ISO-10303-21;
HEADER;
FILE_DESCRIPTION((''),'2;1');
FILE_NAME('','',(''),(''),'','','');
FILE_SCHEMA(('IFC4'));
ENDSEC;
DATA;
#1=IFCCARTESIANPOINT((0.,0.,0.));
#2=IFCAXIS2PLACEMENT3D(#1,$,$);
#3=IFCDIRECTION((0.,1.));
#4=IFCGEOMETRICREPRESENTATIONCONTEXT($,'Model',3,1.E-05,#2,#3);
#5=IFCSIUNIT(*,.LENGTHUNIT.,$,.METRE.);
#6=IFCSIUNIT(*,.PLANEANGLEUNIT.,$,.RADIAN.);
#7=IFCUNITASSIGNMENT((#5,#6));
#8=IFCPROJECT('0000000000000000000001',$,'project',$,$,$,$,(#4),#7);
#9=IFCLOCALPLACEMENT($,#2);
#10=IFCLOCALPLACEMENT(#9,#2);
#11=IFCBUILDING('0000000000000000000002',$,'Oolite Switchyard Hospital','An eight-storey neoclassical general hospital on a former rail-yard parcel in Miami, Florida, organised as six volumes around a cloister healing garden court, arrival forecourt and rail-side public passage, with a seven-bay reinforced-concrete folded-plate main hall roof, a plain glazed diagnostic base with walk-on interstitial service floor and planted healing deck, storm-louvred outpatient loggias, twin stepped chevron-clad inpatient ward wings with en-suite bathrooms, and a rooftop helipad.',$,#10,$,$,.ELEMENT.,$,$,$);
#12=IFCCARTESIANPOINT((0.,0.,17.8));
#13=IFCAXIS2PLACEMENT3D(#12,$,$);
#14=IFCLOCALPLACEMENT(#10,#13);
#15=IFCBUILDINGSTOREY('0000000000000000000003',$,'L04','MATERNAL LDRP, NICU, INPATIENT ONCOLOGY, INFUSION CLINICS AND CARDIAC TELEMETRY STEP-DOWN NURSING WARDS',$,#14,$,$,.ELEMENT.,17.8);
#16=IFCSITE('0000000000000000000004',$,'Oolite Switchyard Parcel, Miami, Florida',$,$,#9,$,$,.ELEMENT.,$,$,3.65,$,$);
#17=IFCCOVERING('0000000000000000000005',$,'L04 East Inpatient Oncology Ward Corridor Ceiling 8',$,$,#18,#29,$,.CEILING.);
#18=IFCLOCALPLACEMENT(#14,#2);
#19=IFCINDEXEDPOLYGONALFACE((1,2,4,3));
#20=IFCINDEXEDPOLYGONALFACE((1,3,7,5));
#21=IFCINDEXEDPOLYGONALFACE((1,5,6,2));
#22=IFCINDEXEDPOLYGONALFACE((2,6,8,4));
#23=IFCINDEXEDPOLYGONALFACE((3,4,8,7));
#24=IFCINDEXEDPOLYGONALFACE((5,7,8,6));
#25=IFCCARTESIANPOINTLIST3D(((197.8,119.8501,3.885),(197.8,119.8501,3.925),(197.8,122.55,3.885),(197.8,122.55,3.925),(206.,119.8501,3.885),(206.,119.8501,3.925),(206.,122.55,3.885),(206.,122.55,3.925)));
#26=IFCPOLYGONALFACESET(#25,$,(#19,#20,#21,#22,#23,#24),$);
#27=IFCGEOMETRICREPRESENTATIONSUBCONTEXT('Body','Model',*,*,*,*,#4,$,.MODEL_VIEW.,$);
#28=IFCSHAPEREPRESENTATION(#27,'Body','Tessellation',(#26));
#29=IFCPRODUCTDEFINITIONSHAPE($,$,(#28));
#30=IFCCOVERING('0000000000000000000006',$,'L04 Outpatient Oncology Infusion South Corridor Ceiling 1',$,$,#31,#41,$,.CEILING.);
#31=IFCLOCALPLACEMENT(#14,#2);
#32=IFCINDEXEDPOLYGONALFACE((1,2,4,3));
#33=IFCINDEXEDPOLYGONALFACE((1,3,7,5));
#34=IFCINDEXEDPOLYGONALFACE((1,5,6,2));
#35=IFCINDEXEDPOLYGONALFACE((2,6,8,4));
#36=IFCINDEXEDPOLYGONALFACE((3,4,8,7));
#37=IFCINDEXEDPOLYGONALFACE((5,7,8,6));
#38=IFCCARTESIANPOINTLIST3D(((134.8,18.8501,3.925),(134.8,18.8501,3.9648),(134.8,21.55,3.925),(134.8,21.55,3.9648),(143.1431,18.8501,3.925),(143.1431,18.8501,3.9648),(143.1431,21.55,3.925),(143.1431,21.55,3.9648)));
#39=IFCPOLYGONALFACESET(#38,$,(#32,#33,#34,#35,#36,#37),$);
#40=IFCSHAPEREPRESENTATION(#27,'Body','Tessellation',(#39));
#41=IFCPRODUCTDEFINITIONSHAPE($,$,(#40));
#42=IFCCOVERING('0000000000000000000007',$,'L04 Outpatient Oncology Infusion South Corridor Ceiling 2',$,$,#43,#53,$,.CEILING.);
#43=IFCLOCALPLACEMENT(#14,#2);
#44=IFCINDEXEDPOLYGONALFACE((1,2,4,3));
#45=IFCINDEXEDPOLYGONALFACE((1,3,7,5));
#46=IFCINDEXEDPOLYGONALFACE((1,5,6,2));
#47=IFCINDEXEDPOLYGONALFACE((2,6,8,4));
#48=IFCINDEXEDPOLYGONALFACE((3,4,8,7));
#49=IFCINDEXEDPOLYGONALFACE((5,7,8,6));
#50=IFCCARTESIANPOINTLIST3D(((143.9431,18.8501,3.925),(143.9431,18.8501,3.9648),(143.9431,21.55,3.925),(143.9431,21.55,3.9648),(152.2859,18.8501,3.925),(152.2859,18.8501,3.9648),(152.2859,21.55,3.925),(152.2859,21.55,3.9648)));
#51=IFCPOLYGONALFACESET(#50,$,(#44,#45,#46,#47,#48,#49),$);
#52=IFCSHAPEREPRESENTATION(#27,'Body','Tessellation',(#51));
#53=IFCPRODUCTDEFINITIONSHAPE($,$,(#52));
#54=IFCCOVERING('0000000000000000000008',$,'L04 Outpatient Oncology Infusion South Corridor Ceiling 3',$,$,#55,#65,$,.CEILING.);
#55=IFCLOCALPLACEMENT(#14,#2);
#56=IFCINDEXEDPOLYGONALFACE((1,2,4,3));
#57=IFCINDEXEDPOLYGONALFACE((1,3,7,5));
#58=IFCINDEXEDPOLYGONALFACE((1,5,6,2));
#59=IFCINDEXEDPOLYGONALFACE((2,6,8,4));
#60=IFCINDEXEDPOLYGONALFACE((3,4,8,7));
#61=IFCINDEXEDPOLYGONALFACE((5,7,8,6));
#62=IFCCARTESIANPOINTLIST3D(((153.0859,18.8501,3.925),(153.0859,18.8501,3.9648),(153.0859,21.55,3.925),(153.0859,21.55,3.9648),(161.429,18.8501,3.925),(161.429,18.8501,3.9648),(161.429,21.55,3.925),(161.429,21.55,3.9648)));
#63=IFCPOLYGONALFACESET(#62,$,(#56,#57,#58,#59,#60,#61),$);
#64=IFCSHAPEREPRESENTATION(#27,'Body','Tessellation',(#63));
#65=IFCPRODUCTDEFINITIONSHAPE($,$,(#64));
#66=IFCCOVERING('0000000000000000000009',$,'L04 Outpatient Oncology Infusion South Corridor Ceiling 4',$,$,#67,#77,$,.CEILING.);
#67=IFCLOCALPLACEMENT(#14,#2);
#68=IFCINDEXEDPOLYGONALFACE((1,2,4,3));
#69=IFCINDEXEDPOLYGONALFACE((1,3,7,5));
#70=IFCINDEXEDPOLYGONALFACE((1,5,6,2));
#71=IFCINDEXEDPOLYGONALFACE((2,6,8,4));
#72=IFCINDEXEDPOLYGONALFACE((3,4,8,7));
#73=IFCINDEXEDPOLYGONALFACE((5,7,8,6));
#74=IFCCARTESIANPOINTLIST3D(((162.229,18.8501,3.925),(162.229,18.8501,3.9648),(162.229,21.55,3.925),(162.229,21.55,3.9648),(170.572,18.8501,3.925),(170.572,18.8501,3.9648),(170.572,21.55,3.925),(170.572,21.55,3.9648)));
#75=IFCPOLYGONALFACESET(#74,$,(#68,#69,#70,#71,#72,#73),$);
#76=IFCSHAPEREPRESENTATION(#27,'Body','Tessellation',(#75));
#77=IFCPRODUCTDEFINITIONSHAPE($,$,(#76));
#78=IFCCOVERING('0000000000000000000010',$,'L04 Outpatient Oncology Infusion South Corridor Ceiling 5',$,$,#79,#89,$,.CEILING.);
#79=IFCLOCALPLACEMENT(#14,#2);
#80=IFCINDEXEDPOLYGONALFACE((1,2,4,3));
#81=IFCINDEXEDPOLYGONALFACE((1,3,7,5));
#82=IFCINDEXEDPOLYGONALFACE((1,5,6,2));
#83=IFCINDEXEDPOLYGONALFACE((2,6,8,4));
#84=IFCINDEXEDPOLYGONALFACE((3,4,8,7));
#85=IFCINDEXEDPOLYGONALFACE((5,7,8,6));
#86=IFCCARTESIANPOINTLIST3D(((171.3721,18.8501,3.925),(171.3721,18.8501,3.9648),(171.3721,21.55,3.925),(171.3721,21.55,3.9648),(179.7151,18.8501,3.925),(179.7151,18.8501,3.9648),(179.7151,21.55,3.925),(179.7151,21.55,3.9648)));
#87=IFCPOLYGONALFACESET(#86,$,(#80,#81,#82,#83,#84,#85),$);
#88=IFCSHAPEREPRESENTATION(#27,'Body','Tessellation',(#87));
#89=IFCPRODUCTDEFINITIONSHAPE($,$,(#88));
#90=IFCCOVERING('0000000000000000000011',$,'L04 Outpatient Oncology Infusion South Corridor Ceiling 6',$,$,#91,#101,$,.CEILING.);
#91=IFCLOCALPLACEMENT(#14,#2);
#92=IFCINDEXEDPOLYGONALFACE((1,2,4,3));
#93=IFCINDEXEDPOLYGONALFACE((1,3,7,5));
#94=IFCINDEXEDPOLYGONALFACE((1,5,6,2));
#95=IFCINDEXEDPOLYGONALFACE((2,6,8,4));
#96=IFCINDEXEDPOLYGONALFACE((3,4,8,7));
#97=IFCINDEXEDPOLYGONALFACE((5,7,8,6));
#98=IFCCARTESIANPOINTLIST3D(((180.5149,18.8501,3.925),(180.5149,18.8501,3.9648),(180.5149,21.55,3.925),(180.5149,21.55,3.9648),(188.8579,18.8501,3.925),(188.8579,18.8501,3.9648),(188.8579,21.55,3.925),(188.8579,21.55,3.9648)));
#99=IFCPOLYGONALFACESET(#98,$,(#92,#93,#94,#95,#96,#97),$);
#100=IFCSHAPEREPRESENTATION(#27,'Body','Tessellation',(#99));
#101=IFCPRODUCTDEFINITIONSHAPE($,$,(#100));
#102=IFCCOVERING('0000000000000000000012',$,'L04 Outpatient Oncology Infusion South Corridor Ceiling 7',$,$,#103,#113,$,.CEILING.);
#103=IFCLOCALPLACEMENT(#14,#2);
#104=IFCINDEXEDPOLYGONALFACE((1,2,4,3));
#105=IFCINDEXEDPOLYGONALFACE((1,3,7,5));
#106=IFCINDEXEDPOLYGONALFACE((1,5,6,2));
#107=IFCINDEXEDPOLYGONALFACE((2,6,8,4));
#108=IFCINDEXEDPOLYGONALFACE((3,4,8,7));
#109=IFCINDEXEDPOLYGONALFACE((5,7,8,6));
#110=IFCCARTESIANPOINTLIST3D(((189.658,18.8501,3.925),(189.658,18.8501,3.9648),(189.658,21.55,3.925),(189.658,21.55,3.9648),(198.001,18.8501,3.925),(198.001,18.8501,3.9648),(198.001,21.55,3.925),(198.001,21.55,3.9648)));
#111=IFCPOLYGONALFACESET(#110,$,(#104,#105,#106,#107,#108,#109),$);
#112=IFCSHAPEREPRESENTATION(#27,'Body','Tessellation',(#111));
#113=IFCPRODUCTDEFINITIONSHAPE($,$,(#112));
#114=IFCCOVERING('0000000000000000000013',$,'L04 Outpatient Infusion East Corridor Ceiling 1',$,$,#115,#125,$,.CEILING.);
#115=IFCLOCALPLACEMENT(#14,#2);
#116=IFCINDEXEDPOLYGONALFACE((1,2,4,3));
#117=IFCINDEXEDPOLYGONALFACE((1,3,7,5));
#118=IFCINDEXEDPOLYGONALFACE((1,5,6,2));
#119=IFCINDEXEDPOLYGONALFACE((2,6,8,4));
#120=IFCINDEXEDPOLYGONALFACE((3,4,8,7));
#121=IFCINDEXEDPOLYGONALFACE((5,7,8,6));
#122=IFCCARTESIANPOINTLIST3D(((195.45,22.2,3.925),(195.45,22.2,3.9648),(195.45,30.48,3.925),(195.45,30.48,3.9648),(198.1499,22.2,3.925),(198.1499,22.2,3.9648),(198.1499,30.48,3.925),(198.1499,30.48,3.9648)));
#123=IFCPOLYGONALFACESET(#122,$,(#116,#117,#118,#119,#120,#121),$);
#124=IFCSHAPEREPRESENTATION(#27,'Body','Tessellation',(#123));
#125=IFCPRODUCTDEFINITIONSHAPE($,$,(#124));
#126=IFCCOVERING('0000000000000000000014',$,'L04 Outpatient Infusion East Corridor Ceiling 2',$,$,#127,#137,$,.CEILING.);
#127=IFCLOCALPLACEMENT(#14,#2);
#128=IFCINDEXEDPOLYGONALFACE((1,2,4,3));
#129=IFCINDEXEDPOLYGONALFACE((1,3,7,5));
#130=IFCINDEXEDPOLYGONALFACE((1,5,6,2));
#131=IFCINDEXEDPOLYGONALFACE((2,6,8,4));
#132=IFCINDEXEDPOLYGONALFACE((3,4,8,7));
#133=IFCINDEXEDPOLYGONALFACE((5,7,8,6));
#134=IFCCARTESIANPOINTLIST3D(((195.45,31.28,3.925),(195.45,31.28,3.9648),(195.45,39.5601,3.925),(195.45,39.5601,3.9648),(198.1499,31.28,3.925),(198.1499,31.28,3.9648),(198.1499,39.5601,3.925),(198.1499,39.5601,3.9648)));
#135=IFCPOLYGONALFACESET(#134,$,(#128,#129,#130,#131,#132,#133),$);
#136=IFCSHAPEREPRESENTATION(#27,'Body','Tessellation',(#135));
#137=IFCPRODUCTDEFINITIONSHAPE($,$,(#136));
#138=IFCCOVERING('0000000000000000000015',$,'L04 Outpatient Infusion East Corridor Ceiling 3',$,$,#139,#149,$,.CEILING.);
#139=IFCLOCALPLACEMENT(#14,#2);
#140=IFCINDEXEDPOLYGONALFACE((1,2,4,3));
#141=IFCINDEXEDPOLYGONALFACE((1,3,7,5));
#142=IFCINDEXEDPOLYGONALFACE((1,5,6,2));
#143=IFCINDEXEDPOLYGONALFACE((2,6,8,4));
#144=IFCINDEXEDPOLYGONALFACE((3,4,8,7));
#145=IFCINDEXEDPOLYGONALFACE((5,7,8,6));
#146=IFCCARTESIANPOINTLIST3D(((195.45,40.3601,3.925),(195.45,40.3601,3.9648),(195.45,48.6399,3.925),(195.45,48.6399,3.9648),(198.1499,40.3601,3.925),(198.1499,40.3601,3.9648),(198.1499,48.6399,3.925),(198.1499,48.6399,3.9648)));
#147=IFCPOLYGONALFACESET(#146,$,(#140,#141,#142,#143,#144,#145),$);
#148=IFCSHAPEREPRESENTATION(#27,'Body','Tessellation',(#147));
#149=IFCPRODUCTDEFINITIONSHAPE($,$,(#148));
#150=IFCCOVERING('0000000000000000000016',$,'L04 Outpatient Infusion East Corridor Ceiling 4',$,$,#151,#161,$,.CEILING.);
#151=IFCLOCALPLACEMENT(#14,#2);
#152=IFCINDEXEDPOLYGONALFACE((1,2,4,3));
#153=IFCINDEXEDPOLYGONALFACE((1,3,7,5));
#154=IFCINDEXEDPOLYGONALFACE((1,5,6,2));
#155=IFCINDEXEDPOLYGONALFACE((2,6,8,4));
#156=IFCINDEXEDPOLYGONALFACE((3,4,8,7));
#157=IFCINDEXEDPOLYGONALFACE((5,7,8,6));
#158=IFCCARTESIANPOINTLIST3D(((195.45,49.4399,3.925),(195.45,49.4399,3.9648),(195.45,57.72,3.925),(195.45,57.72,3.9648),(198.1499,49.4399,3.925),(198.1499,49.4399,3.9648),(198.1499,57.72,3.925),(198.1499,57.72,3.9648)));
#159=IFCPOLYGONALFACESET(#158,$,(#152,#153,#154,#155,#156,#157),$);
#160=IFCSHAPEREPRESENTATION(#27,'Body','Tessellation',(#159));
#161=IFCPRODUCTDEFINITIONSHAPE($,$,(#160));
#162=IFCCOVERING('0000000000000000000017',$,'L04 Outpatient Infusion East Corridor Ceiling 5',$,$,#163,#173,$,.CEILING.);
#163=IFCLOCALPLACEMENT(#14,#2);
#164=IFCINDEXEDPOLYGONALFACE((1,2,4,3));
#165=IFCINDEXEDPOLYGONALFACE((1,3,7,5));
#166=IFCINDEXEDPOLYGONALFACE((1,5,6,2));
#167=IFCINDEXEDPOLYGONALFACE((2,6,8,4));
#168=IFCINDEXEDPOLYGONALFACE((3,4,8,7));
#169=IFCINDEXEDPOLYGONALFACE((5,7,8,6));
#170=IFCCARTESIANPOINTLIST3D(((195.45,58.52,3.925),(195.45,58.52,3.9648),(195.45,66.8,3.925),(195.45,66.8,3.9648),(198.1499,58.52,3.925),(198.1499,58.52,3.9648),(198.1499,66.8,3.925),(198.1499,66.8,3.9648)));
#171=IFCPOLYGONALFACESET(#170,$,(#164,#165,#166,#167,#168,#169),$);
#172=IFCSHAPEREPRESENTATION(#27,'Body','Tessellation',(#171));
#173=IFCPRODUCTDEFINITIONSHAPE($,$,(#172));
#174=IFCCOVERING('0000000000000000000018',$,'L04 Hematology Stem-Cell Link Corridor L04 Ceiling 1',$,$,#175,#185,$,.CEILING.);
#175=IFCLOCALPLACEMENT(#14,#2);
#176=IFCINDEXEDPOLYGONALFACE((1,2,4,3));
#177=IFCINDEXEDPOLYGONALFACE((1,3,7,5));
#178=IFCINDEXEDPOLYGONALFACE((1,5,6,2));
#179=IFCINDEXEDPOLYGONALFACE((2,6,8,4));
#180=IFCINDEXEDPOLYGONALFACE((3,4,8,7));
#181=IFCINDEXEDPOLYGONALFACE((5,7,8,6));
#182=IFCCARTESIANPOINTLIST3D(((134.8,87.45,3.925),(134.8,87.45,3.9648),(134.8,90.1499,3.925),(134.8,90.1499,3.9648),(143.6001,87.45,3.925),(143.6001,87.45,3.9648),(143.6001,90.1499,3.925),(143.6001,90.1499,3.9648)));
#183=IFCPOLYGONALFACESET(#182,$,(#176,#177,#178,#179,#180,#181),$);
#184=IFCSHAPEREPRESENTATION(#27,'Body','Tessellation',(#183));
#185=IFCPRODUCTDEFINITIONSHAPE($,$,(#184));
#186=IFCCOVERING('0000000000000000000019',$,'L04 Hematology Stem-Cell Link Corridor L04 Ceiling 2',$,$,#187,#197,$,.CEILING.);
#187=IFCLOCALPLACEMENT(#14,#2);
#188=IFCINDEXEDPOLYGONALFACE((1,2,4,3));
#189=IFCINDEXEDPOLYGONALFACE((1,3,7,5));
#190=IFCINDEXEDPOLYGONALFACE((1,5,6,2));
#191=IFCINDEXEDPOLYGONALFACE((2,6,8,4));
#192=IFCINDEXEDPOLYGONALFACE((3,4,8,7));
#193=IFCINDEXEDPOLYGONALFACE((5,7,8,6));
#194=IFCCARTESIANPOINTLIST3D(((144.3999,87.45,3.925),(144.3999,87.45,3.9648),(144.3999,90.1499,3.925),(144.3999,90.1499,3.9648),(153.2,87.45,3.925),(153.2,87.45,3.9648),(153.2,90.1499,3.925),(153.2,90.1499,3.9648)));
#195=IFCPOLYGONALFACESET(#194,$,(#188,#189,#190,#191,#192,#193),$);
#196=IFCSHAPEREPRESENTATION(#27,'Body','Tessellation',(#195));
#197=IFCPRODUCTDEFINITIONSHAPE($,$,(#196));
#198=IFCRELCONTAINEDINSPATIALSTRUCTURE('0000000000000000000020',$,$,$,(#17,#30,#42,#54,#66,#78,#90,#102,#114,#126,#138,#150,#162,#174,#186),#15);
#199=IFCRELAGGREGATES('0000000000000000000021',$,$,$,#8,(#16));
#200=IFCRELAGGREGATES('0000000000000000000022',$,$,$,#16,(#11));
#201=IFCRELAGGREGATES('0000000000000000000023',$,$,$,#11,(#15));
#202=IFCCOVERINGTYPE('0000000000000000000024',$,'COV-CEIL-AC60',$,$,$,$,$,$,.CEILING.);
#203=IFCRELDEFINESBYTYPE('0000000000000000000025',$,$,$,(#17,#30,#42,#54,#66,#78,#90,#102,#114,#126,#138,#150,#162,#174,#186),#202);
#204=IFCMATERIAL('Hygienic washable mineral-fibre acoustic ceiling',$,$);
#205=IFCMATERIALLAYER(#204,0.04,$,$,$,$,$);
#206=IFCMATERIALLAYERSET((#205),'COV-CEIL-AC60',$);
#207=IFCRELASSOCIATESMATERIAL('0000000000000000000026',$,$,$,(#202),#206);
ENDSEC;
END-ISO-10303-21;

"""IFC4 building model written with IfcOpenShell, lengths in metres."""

from ifc_helpers import new_model, si_unit, direction, frame, origin, place, context, subcontext, project, spatial, polyline, outline, extrude, material, layer, layer_set, type_object, element, save


model = new_model("IFC4")

# Units and contexts
model_context = context("Model", 3, precision=1e-05, world=origin(), true_north=direction((0.0, 1.0)))
body_context = subcontext(model_context, "Body", "Model", "MODEL_VIEW")
ifc_project = project(units=[si_unit("LENGTHUNIT", "METRE"), si_unit("PLANEANGLEUNIT", "RADIAN")], contexts=[model_context])

# Site, building, storey
site_placement = place(None, origin())
site = spatial("IfcSite", under=ifc_project, at=site_placement, Name="Oolite Switchyard Parcel, Miami, Florida", CompositionType="ELEMENT", RefElevation=3.65)
building_placement = place(site_placement, origin())
building = spatial("IfcBuilding", under=site, at=building_placement, Name="Oolite Switchyard Hospital", Description="An eight-storey neoclassical general hospital on a former rail-yard parcel in Miami, Florida, organised as six volumes around a cloister healing garden court, arrival forecourt and rail-side public passage, with a seven-bay reinforced-concrete folded-plate main hall roof, a plain glazed diagnostic base with walk-on interstitial service floor and planted healing deck, storm-louvred outpatient loggias, twin stepped chevron-clad inpatient ward wings with en-suite bathrooms, and a rooftop helipad.", CompositionType="ELEMENT")
storey_placement = place(building_placement, frame((0.0, 0.0, 17.8)))
storey = spatial("IfcBuildingStorey", under=building, at=storey_placement, Name="L04", Description="MATERNAL LDRP, NICU, INPATIENT ONCOLOGY, INFUSION CLINICS AND CARDIAC TELEMETRY STEP-DOWN NURSING WARDS", CompositionType="ELEMENT", Elevation=17.8)

# Coverings
ifc_material_1 = material(Name="Hygienic washable mineral-fibre acoustic ceiling")
ifc_layer_1 = layer(ifc_material_1, 0.04)
ifc_layer_set_1 = layer_set([ifc_layer_1], Name="COV-CEIL-AC60")
covering_type_1 = type_object("IfcCoveringType", Name="COV-CEIL-AC60", PredefinedType="CEILING", material=ifc_layer_set_1)
covering_1_placement = place(storey_placement, frame((0.0, 0.0, 3.885)))
element("IfcCovering", 1, at=covering_1_placement, inside=storey, type_object=covering_type_1, Name="L04 East Inpatient Oncology Ward Corridor Ceiling 8", PredefinedType="CEILING", context=body_context, shape_type="SweptSolid", body=[
    extrude(outline(polyline([(197.8, 119.8501), (206.0, 119.8501), (206.0, 122.55), (197.8, 122.55), (197.8, 119.8501)])), origin(), (0.0, 0.0, 1.0), 0.04),
])
covering_2_placement = place(storey_placement, frame((0.0, 0.0, 3.925)))
element("IfcCovering", 2, at=covering_2_placement, inside=storey, type_object=covering_type_1, Name="L04 Outpatient Oncology Infusion South Corridor Ceiling 1", PredefinedType="CEILING", context=body_context, shape_type="SweptSolid", body=[
    extrude(outline(polyline([(134.8, 18.8501), (143.1431, 18.8501), (143.1431, 21.55), (134.8, 21.55), (134.8, 18.8501)])), origin(), (0.0, 0.0, 1.0), 0.0398),
])
covering_3_placement = place(storey_placement, frame((0.0, 0.0, 3.925)))
element("IfcCovering", 3, at=covering_3_placement, inside=storey, type_object=covering_type_1, Name="L04 Outpatient Oncology Infusion South Corridor Ceiling 2", PredefinedType="CEILING", context=body_context, shape_type="SweptSolid", body=[
    extrude(outline(polyline([(143.9431, 18.8501), (152.2859, 18.8501), (152.2859, 21.55), (143.9431, 21.55), (143.9431, 18.8501)])), origin(), (0.0, 0.0, 1.0), 0.0398),
])
covering_4_placement = place(storey_placement, frame((0.0, 0.0, 3.925)))
element("IfcCovering", 4, at=covering_4_placement, inside=storey, type_object=covering_type_1, Name="L04 Outpatient Oncology Infusion South Corridor Ceiling 3", PredefinedType="CEILING", context=body_context, shape_type="SweptSolid", body=[
    extrude(outline(polyline([(153.0859, 18.8501), (161.429, 18.8501), (161.429, 21.55), (153.0859, 21.55), (153.0859, 18.8501)])), origin(), (0.0, 0.0, 1.0), 0.0398),
])
covering_5_placement = place(storey_placement, frame((0.0, 0.0, 3.925)))
element("IfcCovering", 5, at=covering_5_placement, inside=storey, type_object=covering_type_1, Name="L04 Outpatient Oncology Infusion South Corridor Ceiling 4", PredefinedType="CEILING", context=body_context, shape_type="SweptSolid", body=[
    extrude(outline(polyline([(162.229, 18.8501), (170.572, 18.8501), (170.572, 21.55), (162.229, 21.55), (162.229, 18.8501)])), origin(), (0.0, 0.0, 1.0), 0.0398),
])
covering_6_placement = place(storey_placement, frame((0.0, 0.0, 3.925)))
element("IfcCovering", 6, at=covering_6_placement, inside=storey, type_object=covering_type_1, Name="L04 Outpatient Oncology Infusion South Corridor Ceiling 5", PredefinedType="CEILING", context=body_context, shape_type="SweptSolid", body=[
    extrude(outline(polyline([(171.3721, 18.8501), (179.7151, 18.8501), (179.7151, 21.55), (171.3721, 21.55), (171.3721, 18.8501)])), origin(), (0.0, 0.0, 1.0), 0.0398),
])
covering_7_placement = place(storey_placement, frame((0.0, 0.0, 3.925)))
element("IfcCovering", 7, at=covering_7_placement, inside=storey, type_object=covering_type_1, Name="L04 Outpatient Oncology Infusion South Corridor Ceiling 6", PredefinedType="CEILING", context=body_context, shape_type="SweptSolid", body=[
    extrude(outline(polyline([(180.5149, 18.8501), (188.8579, 18.8501), (188.8579, 21.55), (180.5149, 21.55), (180.5149, 18.8501)])), origin(), (0.0, 0.0, 1.0), 0.0398),
])
covering_8_placement = place(storey_placement, frame((0.0, 0.0, 3.925)))
element("IfcCovering", 8, at=covering_8_placement, inside=storey, type_object=covering_type_1, Name="L04 Outpatient Oncology Infusion South Corridor Ceiling 7", PredefinedType="CEILING", context=body_context, shape_type="SweptSolid", body=[
    extrude(outline(polyline([(189.658, 18.8501), (198.001, 18.8501), (198.001, 21.55), (189.658, 21.55), (189.658, 18.8501)])), origin(), (0.0, 0.0, 1.0), 0.0398),
])
covering_9_placement = place(storey_placement, frame((0.0, 0.0, 3.925)))
element("IfcCovering", 9, at=covering_9_placement, inside=storey, type_object=covering_type_1, Name="L04 Outpatient Infusion East Corridor Ceiling 1", PredefinedType="CEILING", context=body_context, shape_type="SweptSolid", body=[
    extrude(outline(polyline([(195.45, 22.2), (198.1499, 22.2), (198.1499, 30.48), (195.45, 30.48), (195.45, 22.2)])), origin(), (0.0, 0.0, 1.0), 0.0398),
])
covering_10_placement = place(storey_placement, frame((0.0, 0.0, 3.925)))
element("IfcCovering", 10, at=covering_10_placement, inside=storey, type_object=covering_type_1, Name="L04 Outpatient Infusion East Corridor Ceiling 2", PredefinedType="CEILING", context=body_context, shape_type="SweptSolid", body=[
    extrude(outline(polyline([(195.45, 31.28), (198.1499, 31.28), (198.1499, 39.5601), (195.45, 39.5601), (195.45, 31.28)])), origin(), (0.0, 0.0, 1.0), 0.0398),
])
covering_11_placement = place(storey_placement, frame((0.0, 0.0, 3.925)))
element("IfcCovering", 11, at=covering_11_placement, inside=storey, type_object=covering_type_1, Name="L04 Outpatient Infusion East Corridor Ceiling 3", PredefinedType="CEILING", context=body_context, shape_type="SweptSolid", body=[
    extrude(outline(polyline([(195.45, 40.3601), (198.1499, 40.3601), (198.1499, 48.6399), (195.45, 48.6399), (195.45, 40.3601)])), origin(), (0.0, 0.0, 1.0), 0.0398),
])
covering_12_placement = place(storey_placement, frame((0.0, 0.0, 3.925)))
element("IfcCovering", 12, at=covering_12_placement, inside=storey, type_object=covering_type_1, Name="L04 Outpatient Infusion East Corridor Ceiling 4", PredefinedType="CEILING", context=body_context, shape_type="SweptSolid", body=[
    extrude(outline(polyline([(195.45, 49.4399), (198.1499, 49.4399), (198.1499, 57.72), (195.45, 57.72), (195.45, 49.4399)])), origin(), (0.0, 0.0, 1.0), 0.0398),
])
covering_13_placement = place(storey_placement, frame((0.0, 0.0, 3.925)))
element("IfcCovering", 13, at=covering_13_placement, inside=storey, type_object=covering_type_1, Name="L04 Outpatient Infusion East Corridor Ceiling 5", PredefinedType="CEILING", context=body_context, shape_type="SweptSolid", body=[
    extrude(outline(polyline([(195.45, 58.52), (198.1499, 58.52), (198.1499, 66.8), (195.45, 66.8), (195.45, 58.52)])), origin(), (0.0, 0.0, 1.0), 0.0398),
])
covering_14_placement = place(storey_placement, frame((0.0, 0.0, 3.925)))
element("IfcCovering", 14, at=covering_14_placement, inside=storey, type_object=covering_type_1, Name="L04 Hematology Stem-Cell Link Corridor L04 Ceiling 1", PredefinedType="CEILING", context=body_context, shape_type="SweptSolid", body=[
    extrude(outline(polyline([(134.8, 87.45), (143.6001, 87.45), (143.6001, 90.1499), (134.8, 90.1499), (134.8, 87.45)])), origin(), (0.0, 0.0, 1.0), 0.0398),
])
covering_15_placement = place(storey_placement, frame((0.0, 0.0, 3.925)))
element("IfcCovering", 15, at=covering_15_placement, inside=storey, type_object=covering_type_1, Name="L04 Hematology Stem-Cell Link Corridor L04 Ceiling 2", PredefinedType="CEILING", context=body_context, shape_type="SweptSolid", body=[
    extrude(outline(polyline([(144.3999, 87.45), (153.2, 87.45), (153.2, 90.1499), (144.3999, 90.1499), (144.3999, 87.45)])), origin(), (0.0, 0.0, 1.0), 0.0398),
])

save(model, "model.ifc")
